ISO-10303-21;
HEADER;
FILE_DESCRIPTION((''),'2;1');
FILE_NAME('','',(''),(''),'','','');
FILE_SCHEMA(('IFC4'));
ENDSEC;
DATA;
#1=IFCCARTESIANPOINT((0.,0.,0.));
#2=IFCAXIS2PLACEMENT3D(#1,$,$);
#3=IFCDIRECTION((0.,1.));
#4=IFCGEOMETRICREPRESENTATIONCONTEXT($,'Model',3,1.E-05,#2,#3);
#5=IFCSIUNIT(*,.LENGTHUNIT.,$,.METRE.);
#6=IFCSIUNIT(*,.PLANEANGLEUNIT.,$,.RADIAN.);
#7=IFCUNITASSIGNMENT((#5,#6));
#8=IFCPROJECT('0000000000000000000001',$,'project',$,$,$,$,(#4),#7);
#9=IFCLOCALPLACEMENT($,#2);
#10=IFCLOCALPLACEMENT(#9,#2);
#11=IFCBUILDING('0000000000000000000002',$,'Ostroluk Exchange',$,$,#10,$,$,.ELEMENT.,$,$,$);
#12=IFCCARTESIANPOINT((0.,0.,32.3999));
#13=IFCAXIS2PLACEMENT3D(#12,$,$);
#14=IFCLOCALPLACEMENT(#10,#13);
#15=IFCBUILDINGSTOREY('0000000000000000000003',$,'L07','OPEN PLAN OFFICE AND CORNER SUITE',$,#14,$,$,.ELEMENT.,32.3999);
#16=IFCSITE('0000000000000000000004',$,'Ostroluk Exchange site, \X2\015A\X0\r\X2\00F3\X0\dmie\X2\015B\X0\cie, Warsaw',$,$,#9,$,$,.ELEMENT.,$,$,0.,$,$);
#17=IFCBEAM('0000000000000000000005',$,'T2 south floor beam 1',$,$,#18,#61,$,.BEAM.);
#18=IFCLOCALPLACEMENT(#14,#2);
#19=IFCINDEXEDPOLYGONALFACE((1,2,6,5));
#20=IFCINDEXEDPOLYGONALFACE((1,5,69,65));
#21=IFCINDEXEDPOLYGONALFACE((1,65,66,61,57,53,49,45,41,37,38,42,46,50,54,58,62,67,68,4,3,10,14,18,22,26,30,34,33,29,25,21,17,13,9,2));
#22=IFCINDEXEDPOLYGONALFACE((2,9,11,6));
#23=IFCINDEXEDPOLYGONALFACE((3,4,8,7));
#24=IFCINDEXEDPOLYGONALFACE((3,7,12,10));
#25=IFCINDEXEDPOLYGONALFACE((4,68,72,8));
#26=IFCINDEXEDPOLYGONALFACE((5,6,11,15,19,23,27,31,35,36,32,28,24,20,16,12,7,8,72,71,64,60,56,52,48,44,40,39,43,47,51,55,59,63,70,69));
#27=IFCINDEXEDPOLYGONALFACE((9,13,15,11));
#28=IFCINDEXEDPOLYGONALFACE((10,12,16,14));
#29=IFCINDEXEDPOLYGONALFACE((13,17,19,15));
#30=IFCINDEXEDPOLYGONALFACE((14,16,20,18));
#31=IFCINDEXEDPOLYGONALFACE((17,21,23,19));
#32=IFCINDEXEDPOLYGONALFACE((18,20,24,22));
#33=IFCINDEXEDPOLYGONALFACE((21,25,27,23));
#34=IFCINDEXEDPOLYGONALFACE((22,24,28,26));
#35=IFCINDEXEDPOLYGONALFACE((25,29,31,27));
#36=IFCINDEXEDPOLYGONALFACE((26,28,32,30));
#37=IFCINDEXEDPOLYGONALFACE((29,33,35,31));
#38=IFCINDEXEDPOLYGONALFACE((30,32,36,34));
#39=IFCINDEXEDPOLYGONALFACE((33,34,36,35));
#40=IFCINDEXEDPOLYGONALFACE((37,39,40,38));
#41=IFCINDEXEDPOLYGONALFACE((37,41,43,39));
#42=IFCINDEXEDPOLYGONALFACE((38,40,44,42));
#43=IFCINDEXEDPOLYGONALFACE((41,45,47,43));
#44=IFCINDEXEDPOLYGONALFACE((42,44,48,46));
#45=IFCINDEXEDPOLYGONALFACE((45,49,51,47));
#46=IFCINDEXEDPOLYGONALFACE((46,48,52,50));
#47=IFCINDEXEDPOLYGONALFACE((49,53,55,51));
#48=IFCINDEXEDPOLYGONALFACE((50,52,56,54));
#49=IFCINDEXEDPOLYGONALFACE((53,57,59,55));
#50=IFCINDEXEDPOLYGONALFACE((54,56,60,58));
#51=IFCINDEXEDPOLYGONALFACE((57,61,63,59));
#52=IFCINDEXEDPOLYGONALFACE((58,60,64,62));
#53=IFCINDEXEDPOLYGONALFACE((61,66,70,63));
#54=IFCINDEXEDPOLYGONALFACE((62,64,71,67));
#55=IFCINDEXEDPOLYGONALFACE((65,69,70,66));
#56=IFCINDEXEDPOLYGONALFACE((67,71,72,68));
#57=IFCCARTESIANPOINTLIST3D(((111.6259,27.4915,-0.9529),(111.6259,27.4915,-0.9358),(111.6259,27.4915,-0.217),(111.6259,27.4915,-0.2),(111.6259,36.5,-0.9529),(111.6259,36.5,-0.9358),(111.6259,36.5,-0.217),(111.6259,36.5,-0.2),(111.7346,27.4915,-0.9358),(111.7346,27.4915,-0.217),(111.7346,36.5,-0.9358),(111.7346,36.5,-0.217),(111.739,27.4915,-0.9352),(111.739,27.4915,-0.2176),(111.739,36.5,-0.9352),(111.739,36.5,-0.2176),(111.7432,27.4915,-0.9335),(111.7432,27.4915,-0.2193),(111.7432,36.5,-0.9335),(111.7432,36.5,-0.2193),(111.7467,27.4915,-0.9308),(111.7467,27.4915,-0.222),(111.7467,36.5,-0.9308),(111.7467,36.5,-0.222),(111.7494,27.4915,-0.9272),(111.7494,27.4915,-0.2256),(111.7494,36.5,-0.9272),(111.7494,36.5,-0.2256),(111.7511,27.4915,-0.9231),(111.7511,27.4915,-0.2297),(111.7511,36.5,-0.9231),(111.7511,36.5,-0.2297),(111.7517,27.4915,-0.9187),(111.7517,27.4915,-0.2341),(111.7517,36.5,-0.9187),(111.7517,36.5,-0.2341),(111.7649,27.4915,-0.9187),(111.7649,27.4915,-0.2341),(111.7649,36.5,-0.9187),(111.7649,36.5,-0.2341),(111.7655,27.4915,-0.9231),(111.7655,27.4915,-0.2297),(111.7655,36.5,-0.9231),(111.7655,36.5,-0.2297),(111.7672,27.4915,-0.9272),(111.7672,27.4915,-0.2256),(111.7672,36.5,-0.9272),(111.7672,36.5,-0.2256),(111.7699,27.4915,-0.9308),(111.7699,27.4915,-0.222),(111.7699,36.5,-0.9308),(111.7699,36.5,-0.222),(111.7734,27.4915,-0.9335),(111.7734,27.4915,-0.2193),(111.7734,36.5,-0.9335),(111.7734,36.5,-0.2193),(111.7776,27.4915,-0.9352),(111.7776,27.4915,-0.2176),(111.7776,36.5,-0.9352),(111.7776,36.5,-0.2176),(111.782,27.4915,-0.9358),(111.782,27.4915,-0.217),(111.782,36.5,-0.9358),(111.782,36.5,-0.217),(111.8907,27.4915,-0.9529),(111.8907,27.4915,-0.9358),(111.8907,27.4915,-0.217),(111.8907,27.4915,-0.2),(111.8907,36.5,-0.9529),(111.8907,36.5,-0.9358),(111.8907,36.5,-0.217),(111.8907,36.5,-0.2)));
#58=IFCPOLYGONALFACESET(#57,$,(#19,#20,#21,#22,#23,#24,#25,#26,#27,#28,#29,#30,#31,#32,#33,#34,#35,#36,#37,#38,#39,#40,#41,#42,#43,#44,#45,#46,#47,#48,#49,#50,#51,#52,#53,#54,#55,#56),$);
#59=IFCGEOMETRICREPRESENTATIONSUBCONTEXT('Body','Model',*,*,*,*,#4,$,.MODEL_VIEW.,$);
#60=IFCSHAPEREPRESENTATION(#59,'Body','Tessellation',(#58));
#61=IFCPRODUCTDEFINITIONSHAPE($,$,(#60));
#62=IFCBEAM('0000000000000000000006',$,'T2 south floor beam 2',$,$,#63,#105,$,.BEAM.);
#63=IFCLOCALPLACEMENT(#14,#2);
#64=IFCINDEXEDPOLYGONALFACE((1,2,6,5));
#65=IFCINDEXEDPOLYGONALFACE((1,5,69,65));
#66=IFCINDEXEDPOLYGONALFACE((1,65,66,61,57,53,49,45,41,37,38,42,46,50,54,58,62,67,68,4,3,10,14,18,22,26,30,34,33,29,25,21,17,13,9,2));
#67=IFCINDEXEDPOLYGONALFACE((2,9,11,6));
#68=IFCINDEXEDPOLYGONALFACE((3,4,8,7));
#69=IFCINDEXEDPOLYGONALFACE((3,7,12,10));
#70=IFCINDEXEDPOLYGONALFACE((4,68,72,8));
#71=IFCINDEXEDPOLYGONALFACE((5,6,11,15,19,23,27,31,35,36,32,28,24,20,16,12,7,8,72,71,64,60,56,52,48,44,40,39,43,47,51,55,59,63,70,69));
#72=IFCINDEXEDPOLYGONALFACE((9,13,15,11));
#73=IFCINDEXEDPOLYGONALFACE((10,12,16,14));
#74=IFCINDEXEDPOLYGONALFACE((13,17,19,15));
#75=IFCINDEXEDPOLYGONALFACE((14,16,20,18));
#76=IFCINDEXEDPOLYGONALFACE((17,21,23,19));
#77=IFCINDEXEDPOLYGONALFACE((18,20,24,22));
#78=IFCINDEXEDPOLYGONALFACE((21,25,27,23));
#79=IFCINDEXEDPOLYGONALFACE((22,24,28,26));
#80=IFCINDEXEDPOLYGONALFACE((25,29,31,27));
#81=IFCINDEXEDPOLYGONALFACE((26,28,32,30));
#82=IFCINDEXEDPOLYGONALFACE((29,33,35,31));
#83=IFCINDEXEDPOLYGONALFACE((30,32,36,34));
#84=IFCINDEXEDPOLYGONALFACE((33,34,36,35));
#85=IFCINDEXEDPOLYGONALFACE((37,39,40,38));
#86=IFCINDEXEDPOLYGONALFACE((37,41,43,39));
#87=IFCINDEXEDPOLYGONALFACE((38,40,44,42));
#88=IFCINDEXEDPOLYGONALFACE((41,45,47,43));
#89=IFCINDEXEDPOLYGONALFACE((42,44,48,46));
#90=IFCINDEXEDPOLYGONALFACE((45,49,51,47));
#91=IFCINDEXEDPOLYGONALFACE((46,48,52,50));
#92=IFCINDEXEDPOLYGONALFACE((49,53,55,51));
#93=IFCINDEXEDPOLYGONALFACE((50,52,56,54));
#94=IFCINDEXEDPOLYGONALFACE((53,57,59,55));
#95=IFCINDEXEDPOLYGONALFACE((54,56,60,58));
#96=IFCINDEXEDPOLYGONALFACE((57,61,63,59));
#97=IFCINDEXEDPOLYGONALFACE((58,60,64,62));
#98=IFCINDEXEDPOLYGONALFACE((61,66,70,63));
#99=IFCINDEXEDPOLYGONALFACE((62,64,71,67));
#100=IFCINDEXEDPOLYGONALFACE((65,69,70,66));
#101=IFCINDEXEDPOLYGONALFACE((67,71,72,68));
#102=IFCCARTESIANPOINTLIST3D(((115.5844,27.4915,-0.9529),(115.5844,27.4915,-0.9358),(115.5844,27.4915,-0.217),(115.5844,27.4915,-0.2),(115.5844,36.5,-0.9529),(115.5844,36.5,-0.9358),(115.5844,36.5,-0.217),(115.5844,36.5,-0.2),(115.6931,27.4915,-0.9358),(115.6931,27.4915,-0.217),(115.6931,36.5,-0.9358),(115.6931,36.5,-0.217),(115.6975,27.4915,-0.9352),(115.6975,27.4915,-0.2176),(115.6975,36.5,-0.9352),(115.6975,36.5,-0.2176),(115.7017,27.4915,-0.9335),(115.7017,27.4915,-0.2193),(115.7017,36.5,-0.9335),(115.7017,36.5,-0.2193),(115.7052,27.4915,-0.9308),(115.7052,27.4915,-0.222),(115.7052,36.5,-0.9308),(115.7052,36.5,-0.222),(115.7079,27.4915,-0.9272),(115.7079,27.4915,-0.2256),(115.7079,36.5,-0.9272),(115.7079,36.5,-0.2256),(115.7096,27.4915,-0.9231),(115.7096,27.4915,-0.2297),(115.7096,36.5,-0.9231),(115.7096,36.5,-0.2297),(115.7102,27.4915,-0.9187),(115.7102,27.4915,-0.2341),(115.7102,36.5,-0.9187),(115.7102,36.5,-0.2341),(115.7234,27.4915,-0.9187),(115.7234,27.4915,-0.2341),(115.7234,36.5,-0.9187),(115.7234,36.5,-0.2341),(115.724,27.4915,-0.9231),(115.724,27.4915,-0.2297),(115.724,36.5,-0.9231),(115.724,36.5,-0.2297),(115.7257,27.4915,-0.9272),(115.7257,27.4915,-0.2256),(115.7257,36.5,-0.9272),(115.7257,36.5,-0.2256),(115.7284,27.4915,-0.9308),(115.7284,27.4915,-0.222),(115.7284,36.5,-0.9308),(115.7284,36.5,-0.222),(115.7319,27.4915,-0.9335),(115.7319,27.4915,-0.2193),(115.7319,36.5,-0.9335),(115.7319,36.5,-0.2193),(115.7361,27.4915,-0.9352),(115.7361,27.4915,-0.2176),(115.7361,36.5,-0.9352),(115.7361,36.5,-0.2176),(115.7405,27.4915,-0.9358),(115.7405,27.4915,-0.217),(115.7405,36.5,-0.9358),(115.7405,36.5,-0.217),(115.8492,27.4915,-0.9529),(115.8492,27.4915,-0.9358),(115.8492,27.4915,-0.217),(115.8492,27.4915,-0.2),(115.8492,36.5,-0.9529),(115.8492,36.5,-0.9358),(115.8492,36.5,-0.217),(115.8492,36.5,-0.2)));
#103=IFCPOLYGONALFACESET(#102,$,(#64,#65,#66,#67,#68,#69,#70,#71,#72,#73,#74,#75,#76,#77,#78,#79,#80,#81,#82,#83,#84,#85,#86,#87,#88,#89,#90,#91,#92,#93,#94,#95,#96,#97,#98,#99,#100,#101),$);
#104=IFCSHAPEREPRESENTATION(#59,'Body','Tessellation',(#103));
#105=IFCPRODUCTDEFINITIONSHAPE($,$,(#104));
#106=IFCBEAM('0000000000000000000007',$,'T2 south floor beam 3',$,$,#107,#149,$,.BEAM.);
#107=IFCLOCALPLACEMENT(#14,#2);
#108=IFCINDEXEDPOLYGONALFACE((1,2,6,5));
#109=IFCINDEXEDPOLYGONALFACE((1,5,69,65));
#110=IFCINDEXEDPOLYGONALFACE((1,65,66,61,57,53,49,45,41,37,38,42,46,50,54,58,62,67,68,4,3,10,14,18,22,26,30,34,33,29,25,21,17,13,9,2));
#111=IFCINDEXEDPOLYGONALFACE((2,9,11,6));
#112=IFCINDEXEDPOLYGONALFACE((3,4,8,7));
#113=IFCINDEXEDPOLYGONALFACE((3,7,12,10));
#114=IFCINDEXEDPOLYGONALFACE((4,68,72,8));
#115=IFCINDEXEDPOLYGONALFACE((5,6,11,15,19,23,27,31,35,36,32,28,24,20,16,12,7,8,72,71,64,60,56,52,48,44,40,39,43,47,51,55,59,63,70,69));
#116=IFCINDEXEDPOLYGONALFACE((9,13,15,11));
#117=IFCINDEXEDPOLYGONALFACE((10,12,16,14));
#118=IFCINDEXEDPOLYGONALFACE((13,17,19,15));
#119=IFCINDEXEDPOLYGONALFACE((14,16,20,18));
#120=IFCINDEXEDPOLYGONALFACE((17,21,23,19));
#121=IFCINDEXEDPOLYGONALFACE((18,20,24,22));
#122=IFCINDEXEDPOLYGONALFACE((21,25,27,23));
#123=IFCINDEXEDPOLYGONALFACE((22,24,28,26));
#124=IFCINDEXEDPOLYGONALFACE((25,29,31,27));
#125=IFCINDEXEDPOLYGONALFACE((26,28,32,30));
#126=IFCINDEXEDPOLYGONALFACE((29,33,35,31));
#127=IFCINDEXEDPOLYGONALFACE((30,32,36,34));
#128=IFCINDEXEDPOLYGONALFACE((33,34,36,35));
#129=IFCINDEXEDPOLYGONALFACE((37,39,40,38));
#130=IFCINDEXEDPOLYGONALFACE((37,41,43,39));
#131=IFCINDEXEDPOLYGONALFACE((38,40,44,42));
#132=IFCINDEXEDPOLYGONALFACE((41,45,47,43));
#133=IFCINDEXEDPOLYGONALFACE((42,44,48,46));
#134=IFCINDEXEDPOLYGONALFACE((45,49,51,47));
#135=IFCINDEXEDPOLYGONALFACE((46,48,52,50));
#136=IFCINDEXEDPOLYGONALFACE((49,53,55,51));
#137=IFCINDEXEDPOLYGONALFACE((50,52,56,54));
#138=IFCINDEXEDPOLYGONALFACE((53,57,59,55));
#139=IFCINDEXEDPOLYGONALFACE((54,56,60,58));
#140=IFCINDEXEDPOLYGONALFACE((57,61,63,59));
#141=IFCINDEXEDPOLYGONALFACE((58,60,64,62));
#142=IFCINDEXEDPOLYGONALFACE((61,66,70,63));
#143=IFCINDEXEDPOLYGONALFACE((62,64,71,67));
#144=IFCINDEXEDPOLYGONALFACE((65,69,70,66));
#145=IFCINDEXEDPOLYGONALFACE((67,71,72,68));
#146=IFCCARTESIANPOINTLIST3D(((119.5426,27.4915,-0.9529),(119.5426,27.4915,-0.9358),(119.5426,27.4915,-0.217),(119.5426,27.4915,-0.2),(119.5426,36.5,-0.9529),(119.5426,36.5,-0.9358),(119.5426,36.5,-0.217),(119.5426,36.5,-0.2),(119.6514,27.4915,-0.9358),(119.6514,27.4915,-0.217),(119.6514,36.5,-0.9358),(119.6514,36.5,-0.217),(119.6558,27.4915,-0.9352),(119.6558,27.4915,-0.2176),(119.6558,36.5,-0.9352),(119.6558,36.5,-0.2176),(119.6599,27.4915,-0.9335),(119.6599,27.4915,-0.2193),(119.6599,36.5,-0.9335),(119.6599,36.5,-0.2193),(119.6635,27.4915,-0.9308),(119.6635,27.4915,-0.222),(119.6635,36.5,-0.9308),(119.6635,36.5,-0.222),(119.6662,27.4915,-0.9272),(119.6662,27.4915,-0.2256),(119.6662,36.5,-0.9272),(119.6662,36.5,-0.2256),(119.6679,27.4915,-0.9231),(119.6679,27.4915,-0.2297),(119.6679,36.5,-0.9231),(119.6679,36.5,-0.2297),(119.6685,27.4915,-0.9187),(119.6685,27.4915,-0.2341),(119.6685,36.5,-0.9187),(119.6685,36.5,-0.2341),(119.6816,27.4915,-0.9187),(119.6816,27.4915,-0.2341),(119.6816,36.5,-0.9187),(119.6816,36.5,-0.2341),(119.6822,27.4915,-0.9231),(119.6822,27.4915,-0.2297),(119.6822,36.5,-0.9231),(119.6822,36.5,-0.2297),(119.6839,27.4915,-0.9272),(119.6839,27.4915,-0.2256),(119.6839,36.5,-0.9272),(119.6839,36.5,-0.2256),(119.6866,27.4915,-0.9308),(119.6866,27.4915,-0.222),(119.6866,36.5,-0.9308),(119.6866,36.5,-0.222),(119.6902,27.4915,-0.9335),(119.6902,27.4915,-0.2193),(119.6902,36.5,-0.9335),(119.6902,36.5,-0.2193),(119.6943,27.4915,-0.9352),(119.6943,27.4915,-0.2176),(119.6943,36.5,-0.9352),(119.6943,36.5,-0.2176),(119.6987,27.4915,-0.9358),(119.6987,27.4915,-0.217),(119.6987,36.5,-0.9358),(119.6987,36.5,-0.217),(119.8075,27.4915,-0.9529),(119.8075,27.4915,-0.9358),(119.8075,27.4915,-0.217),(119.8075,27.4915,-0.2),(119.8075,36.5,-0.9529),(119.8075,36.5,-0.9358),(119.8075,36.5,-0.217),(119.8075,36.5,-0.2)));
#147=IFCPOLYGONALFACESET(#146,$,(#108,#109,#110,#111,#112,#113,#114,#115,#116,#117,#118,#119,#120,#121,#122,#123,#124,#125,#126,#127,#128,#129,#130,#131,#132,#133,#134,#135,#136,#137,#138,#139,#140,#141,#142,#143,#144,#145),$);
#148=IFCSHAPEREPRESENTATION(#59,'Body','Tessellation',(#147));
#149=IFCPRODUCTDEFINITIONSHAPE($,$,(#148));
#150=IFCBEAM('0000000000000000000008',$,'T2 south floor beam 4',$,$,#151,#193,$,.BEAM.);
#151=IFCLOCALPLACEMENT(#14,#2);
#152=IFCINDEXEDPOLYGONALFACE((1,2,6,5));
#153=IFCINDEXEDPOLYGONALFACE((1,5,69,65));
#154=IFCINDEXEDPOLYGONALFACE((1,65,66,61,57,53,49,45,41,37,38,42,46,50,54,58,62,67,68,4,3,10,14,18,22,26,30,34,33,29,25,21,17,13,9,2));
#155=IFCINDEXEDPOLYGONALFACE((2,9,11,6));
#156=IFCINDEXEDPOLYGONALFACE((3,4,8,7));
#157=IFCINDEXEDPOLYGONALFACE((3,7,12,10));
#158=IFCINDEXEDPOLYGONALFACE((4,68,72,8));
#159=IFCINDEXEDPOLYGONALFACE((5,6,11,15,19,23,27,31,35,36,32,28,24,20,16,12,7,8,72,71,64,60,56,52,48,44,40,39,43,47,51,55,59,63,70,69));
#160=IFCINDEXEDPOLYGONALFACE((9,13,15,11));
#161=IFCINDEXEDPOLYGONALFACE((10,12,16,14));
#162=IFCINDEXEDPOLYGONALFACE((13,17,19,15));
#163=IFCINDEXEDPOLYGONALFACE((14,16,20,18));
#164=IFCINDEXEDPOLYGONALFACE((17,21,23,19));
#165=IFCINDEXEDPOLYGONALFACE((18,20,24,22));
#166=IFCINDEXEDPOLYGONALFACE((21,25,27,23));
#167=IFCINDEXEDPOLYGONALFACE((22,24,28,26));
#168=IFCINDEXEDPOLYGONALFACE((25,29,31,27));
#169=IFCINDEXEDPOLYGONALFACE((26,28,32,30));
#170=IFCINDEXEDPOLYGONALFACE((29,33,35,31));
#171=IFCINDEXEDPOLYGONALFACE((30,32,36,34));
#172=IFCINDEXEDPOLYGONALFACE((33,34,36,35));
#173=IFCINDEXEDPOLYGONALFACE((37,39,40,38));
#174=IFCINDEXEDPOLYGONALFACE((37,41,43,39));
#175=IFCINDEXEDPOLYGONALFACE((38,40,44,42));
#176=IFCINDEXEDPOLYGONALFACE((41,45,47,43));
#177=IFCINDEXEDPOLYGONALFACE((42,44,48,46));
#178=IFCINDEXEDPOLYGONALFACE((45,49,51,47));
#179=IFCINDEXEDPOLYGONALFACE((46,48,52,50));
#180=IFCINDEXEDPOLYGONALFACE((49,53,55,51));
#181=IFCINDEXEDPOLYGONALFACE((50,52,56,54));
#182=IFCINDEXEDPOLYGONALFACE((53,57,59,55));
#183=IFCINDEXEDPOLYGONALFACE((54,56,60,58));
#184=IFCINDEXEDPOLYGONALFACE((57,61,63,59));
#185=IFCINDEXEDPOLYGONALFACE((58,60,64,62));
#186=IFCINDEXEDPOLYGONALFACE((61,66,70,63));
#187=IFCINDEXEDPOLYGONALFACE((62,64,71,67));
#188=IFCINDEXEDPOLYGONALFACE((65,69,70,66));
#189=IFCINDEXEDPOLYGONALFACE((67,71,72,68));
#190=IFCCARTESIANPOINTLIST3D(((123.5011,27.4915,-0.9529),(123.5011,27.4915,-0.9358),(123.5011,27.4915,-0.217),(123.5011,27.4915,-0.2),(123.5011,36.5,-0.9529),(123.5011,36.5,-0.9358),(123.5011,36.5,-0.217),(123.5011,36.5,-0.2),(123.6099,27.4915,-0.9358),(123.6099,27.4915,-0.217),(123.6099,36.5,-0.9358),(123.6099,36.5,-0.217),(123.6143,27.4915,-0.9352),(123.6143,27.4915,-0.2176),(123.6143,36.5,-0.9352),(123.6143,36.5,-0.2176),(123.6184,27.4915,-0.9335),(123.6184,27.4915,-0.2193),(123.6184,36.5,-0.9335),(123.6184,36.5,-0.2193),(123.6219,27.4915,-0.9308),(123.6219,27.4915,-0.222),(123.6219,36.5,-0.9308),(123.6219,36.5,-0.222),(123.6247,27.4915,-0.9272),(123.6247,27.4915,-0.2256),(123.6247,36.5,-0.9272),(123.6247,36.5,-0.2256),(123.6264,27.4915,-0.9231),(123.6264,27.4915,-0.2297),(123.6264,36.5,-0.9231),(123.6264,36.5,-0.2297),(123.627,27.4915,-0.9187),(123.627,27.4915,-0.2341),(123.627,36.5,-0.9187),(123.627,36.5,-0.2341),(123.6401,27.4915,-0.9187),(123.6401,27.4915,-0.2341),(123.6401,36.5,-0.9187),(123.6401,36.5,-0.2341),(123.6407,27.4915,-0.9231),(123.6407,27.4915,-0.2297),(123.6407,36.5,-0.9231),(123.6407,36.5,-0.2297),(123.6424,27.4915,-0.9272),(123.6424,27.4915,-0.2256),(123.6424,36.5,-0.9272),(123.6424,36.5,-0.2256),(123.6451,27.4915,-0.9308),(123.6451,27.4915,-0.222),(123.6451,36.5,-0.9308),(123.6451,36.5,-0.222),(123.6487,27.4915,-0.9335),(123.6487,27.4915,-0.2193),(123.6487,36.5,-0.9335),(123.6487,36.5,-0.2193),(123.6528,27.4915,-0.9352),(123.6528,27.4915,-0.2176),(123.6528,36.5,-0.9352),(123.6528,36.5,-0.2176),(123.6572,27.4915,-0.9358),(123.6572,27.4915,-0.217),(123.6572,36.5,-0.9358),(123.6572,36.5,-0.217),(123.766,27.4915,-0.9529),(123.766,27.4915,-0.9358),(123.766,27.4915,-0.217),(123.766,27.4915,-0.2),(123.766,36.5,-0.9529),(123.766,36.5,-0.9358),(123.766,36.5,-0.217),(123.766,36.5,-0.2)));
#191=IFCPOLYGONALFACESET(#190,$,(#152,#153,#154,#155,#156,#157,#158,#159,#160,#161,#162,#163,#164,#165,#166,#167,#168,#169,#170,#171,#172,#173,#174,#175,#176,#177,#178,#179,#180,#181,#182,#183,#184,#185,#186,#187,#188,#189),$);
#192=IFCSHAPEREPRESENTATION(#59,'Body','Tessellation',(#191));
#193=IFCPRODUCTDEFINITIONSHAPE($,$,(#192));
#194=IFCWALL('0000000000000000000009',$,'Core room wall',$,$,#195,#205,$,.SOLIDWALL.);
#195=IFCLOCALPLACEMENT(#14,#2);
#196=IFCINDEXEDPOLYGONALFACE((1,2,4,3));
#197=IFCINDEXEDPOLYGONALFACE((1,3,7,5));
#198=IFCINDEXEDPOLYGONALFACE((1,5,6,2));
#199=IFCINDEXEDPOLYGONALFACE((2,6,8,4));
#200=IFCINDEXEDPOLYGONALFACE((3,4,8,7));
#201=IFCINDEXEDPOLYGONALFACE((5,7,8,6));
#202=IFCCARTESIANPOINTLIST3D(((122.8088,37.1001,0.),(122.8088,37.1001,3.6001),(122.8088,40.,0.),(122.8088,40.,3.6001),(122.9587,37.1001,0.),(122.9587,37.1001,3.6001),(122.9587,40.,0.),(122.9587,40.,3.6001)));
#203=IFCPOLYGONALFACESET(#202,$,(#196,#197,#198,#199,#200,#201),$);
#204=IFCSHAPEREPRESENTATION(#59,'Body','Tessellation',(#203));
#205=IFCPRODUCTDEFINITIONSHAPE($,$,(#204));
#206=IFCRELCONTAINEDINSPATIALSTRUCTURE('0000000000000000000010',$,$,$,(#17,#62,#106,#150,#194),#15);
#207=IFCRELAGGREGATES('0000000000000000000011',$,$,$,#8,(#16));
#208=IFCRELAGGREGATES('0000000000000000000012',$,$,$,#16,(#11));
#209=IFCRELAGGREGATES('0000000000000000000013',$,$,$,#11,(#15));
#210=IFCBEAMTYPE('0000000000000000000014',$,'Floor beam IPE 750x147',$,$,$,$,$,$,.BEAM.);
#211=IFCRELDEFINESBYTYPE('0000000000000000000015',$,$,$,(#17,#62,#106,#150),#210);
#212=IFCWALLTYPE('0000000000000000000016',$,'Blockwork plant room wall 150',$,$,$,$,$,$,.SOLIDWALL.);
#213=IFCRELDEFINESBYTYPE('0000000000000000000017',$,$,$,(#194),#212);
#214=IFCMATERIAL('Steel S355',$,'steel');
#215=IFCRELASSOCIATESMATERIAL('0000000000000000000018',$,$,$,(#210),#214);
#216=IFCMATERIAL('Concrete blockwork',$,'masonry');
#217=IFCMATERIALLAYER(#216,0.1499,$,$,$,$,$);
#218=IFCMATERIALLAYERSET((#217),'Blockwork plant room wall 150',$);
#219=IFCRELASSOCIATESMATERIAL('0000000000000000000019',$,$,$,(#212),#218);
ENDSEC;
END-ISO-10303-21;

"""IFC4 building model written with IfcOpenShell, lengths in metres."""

from ifc_helpers import new_model, si_unit, direction, frame, frame_2d, origin, origin_2d, place, context, subcontext, project, spatial, rectangle, i_section, extrude, material, layer, layer_set, material_profile, profile_set, type_object, element, save


model = new_model("IFC4")

# Units and contexts
model_context = context("Model", 3, precision=1e-05, world=origin(), true_north=direction((0.0, 1.0)))
body_context = subcontext(model_context, "Body", "Model", "MODEL_VIEW")
ifc_project = project(units=[si_unit("LENGTHUNIT", "METRE"), si_unit("PLANEANGLEUNIT", "RADIAN")], contexts=[model_context])

# Site, building, storey
site_placement = place(None, origin())
site = spatial("IfcSite", under=ifc_project, at=site_placement, Name="Ostroluk Exchange site, Śródmieście, Warsaw", CompositionType="ELEMENT", RefElevation=0.0)
building_placement = place(site_placement, origin())
building = spatial("IfcBuilding", under=site, at=building_placement, Name="Ostroluk Exchange", CompositionType="ELEMENT")
storey_placement = place(building_placement, frame((0.0, 0.0, 32.3999)))
storey = spatial("IfcBuildingStorey", under=building, at=storey_placement, Name="L07", Description="OPEN PLAN OFFICE AND CORNER SUITE", CompositionType="ELEMENT", Elevation=32.3999)

# Beams
ifc_material_1 = material(Name="Steel S355", Category="steel")
ifc_material_profile = material_profile(ifc_material_1, i_section(OverallWidth=0.2649, OverallDepth=0.7529, WebThickness=0.0132, FlangeThickness=0.0171, FilletRadius=0.0171, at=origin_2d()), Name="IPE 750x147")
ifc_profile_set = profile_set([ifc_material_profile], Name="Steel S355")
beam_type = type_object("IfcBeamType", Name="Floor beam IPE 750x147", PredefinedType="BEAM", material=ifc_profile_set)
for number, where, z_axis, x_axis, name in (
    (1, (111.7583, 36.5, -0.5764), (0.0, -1.0, 0.0), (1.0, 0.0, 0.0), "T2 south floor beam 1"),
    (2, (115.7168, 36.5, -0.5764), (0.0, -1.0, 0.0), (1.0, 0.0, 0.0), "T2 south floor beam 2"),
    (3, (119.675, 36.5, -0.5764), (0.0, -1.0, 0.0), (1.0, 0.0, 0.0), "T2 south floor beam 3"),
    (4, (123.6335, 36.5, -0.5764), (0.0, -1.0, 0.0), (1.0, 0.0, 0.0), "T2 south floor beam 4"),
):
    element("IfcBeam", number, at=place(storey_placement, frame(where, z_axis=z_axis, x_axis=x_axis)), inside=storey, type_object=beam_type, Name=name, PredefinedType="BEAM", context=body_context, shape_type="SweptSolid", body=[
        extrude(i_section(OverallWidth=0.2649, OverallDepth=0.7529, WebThickness=0.0132, FlangeThickness=0.0171, FilletRadius=0.0171, at=origin_2d()), origin(), (0.0, 0.0, 1.0), 9.0085),
    ])

# Wall
ifc_material_2 = material(Name="Concrete blockwork", Category="masonry")
ifc_layer_1 = layer(ifc_material_2, 0.1499)
ifc_layer_set_1 = layer_set([ifc_layer_1], Name="Blockwork plant room wall 150")
wall_type_1 = type_object("IfcWallType", Name="Blockwork plant room wall 150", PredefinedType="SOLIDWALL", material=ifc_layer_set_1)
for number, where, z_axis, x_axis, name in (
    (5, (122.8838, 37.1001, 0.0), (0.0, 0.0, 1.0), (0.0, 1.0, 0.0), "Core room wall"),
):
    element("IfcWall", number, at=place(storey_placement, frame(where, z_axis=z_axis, x_axis=x_axis)), inside=storey, type_object=wall_type_1, Name=name, PredefinedType="SOLIDWALL", context=body_context, shape_type="SweptSolid", body=[
        extrude(rectangle(XDim=2.8999, YDim=0.1499, at=frame_2d((1.45, 0.0))), origin(), (0.0, 0.0, 1.0), 3.6001),
    ])

save(model, "model.ifc")
